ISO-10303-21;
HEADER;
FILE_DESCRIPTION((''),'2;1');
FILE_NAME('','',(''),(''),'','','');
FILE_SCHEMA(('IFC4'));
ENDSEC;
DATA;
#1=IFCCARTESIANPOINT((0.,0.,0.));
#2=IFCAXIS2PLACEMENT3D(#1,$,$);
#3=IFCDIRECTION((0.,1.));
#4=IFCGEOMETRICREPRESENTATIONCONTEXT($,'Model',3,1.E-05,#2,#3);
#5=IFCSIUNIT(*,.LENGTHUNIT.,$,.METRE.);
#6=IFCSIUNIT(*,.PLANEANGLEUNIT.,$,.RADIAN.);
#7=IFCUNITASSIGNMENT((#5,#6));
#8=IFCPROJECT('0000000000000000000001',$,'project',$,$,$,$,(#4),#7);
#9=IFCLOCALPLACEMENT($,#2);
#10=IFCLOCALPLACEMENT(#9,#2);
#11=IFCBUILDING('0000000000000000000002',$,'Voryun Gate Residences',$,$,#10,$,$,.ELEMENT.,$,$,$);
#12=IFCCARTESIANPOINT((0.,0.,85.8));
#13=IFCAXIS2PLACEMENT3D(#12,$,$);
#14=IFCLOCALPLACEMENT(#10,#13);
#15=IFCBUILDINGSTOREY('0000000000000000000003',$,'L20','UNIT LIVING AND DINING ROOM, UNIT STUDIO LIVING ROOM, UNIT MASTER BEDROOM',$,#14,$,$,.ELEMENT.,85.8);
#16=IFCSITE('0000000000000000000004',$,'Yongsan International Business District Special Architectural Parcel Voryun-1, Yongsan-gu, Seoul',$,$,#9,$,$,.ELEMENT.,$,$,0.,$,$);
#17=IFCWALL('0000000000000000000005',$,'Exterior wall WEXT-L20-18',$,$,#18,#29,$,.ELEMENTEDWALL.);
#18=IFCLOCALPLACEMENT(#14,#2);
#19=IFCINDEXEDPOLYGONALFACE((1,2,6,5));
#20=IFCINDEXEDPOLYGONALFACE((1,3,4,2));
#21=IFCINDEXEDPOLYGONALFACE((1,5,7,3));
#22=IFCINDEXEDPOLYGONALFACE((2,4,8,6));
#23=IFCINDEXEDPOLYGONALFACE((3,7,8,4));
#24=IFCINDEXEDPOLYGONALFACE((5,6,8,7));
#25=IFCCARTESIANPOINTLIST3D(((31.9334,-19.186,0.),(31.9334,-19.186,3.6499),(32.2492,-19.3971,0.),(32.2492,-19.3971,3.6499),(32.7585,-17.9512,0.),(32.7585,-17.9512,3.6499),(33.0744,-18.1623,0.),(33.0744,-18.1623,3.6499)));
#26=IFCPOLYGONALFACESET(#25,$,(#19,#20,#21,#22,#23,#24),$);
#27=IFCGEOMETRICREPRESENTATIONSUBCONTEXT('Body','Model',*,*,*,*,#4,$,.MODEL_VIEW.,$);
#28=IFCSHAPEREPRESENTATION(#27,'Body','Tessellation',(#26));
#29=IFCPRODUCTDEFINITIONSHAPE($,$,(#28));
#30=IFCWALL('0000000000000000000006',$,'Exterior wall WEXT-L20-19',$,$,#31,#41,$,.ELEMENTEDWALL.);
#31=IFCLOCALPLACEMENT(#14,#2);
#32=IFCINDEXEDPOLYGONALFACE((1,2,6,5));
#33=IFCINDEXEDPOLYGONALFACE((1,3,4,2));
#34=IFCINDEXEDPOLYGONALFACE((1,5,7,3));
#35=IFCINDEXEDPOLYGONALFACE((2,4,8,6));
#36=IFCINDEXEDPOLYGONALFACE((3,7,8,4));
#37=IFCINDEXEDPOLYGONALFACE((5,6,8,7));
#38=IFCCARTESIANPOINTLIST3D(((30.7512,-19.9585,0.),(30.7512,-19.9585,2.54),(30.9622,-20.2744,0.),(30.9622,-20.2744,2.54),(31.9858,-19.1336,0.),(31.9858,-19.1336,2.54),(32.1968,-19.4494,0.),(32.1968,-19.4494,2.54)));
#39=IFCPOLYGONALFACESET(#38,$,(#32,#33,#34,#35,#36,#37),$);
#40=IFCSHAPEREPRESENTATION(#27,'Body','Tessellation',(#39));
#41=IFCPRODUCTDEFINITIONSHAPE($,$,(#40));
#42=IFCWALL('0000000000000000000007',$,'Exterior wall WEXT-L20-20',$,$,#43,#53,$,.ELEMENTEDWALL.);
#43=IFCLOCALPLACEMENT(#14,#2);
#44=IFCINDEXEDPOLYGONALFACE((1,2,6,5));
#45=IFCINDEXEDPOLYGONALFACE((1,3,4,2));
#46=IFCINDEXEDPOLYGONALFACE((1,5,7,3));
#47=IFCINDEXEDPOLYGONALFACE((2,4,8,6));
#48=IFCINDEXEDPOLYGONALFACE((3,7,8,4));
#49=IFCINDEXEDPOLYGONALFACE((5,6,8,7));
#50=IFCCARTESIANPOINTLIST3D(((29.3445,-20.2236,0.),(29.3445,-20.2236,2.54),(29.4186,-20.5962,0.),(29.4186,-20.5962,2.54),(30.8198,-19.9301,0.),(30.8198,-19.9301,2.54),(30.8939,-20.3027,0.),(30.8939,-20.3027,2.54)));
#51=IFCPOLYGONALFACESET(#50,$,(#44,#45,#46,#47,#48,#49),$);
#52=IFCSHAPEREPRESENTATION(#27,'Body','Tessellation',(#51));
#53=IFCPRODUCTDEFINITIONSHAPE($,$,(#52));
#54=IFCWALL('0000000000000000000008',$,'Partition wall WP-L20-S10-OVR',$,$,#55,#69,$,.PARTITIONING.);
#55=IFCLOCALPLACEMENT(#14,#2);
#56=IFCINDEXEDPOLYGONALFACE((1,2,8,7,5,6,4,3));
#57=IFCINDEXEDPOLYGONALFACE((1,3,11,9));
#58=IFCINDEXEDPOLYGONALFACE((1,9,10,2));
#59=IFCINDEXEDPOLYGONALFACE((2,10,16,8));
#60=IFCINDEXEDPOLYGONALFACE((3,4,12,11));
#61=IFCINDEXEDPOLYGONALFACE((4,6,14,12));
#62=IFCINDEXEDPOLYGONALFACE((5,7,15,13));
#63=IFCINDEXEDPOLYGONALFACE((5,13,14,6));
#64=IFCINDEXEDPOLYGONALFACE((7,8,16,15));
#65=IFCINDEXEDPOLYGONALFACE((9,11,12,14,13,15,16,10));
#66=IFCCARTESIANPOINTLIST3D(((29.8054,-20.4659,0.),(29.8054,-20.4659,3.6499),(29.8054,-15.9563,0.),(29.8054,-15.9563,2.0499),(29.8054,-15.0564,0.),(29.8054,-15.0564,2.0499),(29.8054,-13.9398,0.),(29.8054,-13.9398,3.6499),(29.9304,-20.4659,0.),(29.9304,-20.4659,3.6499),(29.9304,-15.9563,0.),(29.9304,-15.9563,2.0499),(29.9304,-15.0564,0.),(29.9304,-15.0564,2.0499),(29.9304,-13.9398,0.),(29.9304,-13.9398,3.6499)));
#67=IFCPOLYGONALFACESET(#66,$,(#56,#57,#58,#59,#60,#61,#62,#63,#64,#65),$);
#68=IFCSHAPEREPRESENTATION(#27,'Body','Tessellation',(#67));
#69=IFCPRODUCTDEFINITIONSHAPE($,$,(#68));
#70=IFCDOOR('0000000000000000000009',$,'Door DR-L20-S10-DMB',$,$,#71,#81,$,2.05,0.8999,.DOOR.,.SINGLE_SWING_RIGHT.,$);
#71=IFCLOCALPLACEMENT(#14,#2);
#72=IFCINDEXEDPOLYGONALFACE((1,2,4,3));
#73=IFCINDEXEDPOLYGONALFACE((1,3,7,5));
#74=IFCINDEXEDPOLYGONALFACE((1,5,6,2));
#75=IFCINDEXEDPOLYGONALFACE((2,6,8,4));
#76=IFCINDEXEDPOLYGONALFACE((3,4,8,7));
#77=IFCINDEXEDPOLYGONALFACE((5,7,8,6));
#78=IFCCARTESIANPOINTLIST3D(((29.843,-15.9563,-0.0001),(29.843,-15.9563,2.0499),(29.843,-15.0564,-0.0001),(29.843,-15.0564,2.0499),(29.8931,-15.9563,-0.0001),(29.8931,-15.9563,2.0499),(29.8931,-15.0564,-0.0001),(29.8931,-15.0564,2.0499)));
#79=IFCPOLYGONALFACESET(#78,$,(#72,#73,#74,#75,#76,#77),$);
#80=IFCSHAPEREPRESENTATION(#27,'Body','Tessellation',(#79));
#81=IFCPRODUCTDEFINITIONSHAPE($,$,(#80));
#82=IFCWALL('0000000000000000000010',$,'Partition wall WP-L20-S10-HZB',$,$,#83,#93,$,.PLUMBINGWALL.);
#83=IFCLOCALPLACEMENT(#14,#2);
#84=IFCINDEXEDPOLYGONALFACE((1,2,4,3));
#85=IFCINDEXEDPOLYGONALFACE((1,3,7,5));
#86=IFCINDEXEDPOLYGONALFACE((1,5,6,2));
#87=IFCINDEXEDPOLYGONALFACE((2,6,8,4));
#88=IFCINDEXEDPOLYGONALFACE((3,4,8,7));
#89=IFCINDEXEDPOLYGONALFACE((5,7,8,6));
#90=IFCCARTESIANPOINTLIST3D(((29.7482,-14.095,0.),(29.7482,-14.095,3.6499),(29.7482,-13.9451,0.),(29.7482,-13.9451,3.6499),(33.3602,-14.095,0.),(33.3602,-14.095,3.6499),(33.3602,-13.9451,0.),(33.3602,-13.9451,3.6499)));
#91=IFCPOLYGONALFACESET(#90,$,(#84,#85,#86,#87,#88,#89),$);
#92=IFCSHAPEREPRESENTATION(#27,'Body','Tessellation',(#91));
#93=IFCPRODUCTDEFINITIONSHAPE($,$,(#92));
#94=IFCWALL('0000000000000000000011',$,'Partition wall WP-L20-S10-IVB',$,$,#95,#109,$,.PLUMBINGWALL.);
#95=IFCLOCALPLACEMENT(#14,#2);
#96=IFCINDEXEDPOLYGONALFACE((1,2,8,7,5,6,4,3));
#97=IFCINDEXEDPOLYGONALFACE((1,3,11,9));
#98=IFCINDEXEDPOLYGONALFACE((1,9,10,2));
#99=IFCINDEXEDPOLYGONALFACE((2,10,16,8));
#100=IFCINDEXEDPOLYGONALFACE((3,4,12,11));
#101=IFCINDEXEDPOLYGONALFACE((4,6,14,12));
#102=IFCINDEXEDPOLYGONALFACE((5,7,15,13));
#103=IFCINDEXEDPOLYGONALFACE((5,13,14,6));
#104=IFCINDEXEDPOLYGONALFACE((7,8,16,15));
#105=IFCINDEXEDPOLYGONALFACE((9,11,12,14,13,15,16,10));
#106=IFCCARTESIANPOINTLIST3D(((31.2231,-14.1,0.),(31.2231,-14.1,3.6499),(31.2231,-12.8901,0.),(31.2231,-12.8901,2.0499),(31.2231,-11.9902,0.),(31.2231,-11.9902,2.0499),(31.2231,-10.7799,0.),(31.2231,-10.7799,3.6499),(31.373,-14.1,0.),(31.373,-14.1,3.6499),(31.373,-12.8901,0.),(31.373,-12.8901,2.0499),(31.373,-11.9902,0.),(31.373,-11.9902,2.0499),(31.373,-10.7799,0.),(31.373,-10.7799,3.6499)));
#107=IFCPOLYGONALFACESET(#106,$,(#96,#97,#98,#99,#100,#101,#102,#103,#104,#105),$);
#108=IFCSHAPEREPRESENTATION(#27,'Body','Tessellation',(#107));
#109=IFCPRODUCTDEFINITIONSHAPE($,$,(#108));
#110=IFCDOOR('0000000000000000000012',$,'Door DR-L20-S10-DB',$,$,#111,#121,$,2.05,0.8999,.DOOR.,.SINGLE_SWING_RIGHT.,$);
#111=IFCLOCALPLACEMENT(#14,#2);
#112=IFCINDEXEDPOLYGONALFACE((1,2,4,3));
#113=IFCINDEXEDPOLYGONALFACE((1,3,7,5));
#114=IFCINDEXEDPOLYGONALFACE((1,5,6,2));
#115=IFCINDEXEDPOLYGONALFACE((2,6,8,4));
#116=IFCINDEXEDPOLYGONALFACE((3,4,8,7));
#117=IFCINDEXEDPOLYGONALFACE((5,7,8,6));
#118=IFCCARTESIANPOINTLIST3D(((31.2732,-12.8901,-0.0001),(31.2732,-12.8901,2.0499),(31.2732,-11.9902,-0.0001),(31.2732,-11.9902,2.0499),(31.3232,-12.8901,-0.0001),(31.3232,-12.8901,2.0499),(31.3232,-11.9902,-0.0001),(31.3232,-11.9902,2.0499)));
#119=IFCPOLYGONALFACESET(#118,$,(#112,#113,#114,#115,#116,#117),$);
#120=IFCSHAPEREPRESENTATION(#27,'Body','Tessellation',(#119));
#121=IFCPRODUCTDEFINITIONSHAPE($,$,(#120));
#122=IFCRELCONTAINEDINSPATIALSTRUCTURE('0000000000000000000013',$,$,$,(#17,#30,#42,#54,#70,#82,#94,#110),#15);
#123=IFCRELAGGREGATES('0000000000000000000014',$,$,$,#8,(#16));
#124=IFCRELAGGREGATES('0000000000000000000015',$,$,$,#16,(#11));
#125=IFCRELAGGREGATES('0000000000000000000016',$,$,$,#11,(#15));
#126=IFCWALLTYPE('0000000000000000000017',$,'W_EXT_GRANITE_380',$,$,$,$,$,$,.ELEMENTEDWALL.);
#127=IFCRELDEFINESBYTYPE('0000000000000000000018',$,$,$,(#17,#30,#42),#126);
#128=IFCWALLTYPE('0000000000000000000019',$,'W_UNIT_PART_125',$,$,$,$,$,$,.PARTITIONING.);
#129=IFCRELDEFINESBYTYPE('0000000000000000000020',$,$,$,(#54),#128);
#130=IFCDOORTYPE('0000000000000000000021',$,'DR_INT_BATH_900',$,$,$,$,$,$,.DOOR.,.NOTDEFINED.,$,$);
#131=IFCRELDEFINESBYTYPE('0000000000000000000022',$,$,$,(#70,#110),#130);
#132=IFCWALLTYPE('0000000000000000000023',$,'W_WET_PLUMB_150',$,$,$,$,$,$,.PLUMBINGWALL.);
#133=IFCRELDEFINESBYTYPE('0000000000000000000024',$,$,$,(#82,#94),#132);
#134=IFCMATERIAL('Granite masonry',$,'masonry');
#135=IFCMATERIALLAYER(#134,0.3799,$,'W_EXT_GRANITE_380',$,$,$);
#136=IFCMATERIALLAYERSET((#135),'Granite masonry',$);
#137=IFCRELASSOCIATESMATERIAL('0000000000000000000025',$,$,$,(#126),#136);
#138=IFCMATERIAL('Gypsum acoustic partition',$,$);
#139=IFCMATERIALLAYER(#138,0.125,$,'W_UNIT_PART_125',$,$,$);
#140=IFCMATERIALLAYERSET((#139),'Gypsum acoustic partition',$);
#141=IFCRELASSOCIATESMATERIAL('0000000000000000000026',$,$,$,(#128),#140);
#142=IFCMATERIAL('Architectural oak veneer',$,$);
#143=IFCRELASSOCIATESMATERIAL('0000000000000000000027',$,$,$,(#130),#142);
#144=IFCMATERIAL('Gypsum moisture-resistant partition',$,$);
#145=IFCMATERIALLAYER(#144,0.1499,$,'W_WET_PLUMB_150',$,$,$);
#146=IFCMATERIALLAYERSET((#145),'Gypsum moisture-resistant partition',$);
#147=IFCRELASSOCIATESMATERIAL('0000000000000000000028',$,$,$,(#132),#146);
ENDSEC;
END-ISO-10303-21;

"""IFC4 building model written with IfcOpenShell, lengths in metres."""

from ifc_helpers import new_model, si_unit, direction, frame, frame_2d, origin, place, context, subcontext, project, spatial, rectangle, extrude, material, layer, layer_set, type_object, element, fill, save


model = new_model("IFC4")

# Units and contexts
model_context = context("Model", 3, precision=1e-05, world=origin(), true_north=direction((0.0, 1.0)))
body_context = subcontext(model_context, "Body", "Model", "MODEL_VIEW")
ifc_project = project(units=[si_unit("LENGTHUNIT", "METRE"), si_unit("PLANEANGLEUNIT", "RADIAN")], contexts=[model_context])

# Site, building, storey
site_placement = place(None, origin())
site = spatial("IfcSite", under=ifc_project, at=site_placement, Name="Yongsan International Business District Special Architectural Parcel Voryun-1, Yongsan-gu, Seoul", CompositionType="ELEMENT", RefElevation=0.0)
building_placement = place(site_placement, origin())
building = spatial("IfcBuilding", under=site, at=building_placement, Name="Voryun Gate Residences", CompositionType="ELEMENT")
storey_placement = place(building_placement, frame((0.0, 0.0, 85.8)))
storey = spatial("IfcBuildingStorey", under=building, at=storey_placement, Name="L20", Description="UNIT LIVING AND DINING ROOM, UNIT STUDIO LIVING ROOM, UNIT MASTER BEDROOM", CompositionType="ELEMENT", Elevation=85.8)

# Walls
ifc_material_1 = material(Name="Granite masonry", Category="masonry")
ifc_layer_1 = layer(ifc_material_1, 0.3799, Name="W_EXT_GRANITE_380")
ifc_layer_set_1 = layer_set([ifc_layer_1], Name="Granite masonry")
wall_type_1 = type_object("IfcWallType", Name="W_EXT_GRANITE_380", PredefinedType="ELEMENTEDWALL", material=ifc_layer_set_1)
wall_1_placement = place(storey_placement, frame((32.9165, -18.0566, 0.0), z_axis=(0.0, 0.0, 1.0), x_axis=(-0.55561, -0.831443, 0.0)))
element("IfcWall", 1, at=wall_1_placement, inside=storey, type_object=wall_type_1, Name="Exterior wall WEXT-L20-18", PredefinedType="ELEMENTEDWALL", context=body_context, shape_type="SweptSolid", body=[
    extrude(rectangle(XDim=1.4851, YDim=0.3799, at=frame_2d((0.7427, 0.0))), origin(), (0.0, 0.0, 1.0), 3.6499),
])
wall_2_placement = place(storey_placement, frame((32.0913, -19.2915, 0.0), z_axis=(0.0, 0.0, 1.0), x_axis=(-0.831468, -0.555573, 0.0)))
element("IfcWall", 2, at=wall_2_placement, inside=storey, type_object=wall_type_1, Name="Exterior wall WEXT-L20-19", PredefinedType="ELEMENTEDWALL", context=body_context, shape_type="SweptSolid", body=[
    extrude(rectangle(XDim=1.4849, YDim=0.3799, at=frame_2d((0.7424, 0.0))), origin(), (0.0, 0.0, 1.0), 2.54),
])
wall_3_placement = place(storey_placement, frame((30.8567, -20.1165, 0.0), z_axis=(0.0, 0.0, 1.0), x_axis=(-0.980786, -0.195086, 0.0)))
element("IfcWall", 3, at=wall_3_placement, inside=storey, type_object=wall_type_1, Name="Exterior wall WEXT-L20-20", PredefinedType="ELEMENTEDWALL", context=body_context, shape_type="SweptSolid", body=[
    extrude(rectangle(XDim=1.5042, YDim=0.3799, at=frame_2d((0.752, 0.0))), origin(), (0.0, 0.0, 1.0), 2.54),
])

# Wall, opening, door
ifc_material_2 = material(Name="Gypsum acoustic partition")
ifc_layer_2 = layer(ifc_material_2, 0.125, Name="W_UNIT_PART_125")
ifc_layer_set_2 = layer_set([ifc_layer_2], Name="Gypsum acoustic partition")
wall_type_2 = type_object("IfcWallType", Name="W_UNIT_PART_125", PredefinedType="PARTITIONING", material=ifc_layer_set_2)
wall_4_placement = place(storey_placement, frame((29.8679, -20.4661, 0.0), z_axis=(0.0, 0.0, 1.0), x_axis=(0.0, 1.0, 0.0)))
wall_4 = element("IfcWall", 4, at=wall_4_placement, inside=storey, type_object=wall_type_2, Name="Partition wall WP-L20-S10-OVR", PredefinedType="PARTITIONING", context=body_context, shape_type="SweptSolid", body=[
    extrude(rectangle(XDim=6.5261, YDim=0.125, at=frame_2d((3.2632, 0.0))), origin(), (0.0, 0.0, 1.0), 3.6499),
])
opening_1_placement = place(wall_4_placement, frame((4.5098, 0.0, 0.0)))
opening_1 = element("IfcOpeningElement", 5, at=opening_1_placement, cuts=wall_4, PredefinedType="OPENING", context=body_context, shape_type="SweptSolid", body=[
    extrude(rectangle(XDim=0.8999, YDim=2.05, at=frame_2d((0.45, 1.0249))), frame((0.0, 0.0725, 0.0), z_axis=(0.0, -1.0, 0.0), x_axis=(1.0, 0.0, 0.0)), (0.0, 0.0, 1.0), 0.145),
])
ifc_material_3 = material(Name="Architectural oak veneer")
door_type = type_object("IfcDoorType", Name="DR_INT_BATH_900", OperationType="NOTDEFINED", PredefinedType="DOOR", material=ifc_material_3)
door_1_placement = place(opening_1_placement, origin())
door_1 = element("IfcDoor", 6, at=door_1_placement, inside=storey, type_object=door_type, Name="Door DR-L20-S10-DMB", OperationType="SINGLE_SWING_RIGHT", OverallHeight=2.05, OverallWidth=0.8999, PredefinedType="DOOR", context=body_context, shape_type="SweptSolid", body=[
    extrude(rectangle(XDim=0.8999, YDim=2.05, at=frame_2d((0.45, 1.0249))), frame((0.0, 0.0249, 0.0), z_axis=(0.0, -1.0, 0.0), x_axis=(1.0, 0.0, 0.0)), (0.0, 0.0, 1.0), 0.05),
])
fill(opening_1, door_1)

# Wall
ifc_material_4 = material(Name="Gypsum moisture-resistant partition")
ifc_layer_3 = layer(ifc_material_4, 0.1499, Name="W_WET_PLUMB_150")
ifc_layer_set_3 = layer_set([ifc_layer_3], Name="Gypsum moisture-resistant partition")
wall_type_3 = type_object("IfcWallType", Name="W_WET_PLUMB_150", PredefinedType="PLUMBINGWALL", material=ifc_layer_set_3)
wall_5_placement = place(storey_placement, frame((29.748, -14.02, 0.0), z_axis=(0.0, 0.0, 1.0), x_axis=(1.0, 0.0, 0.0)))
element("IfcWall", 7, at=wall_5_placement, inside=storey, type_object=wall_type_3, Name="Partition wall WP-L20-S10-HZB", PredefinedType="PLUMBINGWALL", context=body_context, shape_type="SweptSolid", body=[
    extrude(rectangle(XDim=3.6121, YDim=0.1499, at=frame_2d((1.8062, 0.0))), origin(), (0.0, 0.0, 1.0), 3.6499),
])

# Wall, opening, door
wall_6_placement = place(storey_placement, frame((31.2981, -14.1001, 0.0), z_axis=(0.0, 0.0, 1.0), x_axis=(0.0, 1.0, 0.0)))
wall_6 = element("IfcWall", 8, at=wall_6_placement, inside=storey, type_object=wall_type_3, Name="Partition wall WP-L20-S10-IVB", PredefinedType="PLUMBINGWALL", context=body_context, shape_type="SweptSolid", body=[
    extrude(rectangle(XDim=3.3201, YDim=0.1499, at=frame_2d((1.6602, 0.0))), origin(), (0.0, 0.0, 1.0), 3.6499),
])
opening_2_placement = place(wall_6_placement, frame((1.21, 0.0, 0.0)))
opening_2 = element("IfcOpeningElement", 9, at=opening_2_placement, cuts=wall_6, PredefinedType="OPENING", context=body_context, shape_type="SweptSolid", body=[
    extrude(rectangle(XDim=0.8999, YDim=2.05, at=frame_2d((0.45, 1.0249))), frame((0.0, 0.085, 0.0), z_axis=(0.0, -1.0, 0.0), x_axis=(1.0, 0.0, 0.0)), (0.0, 0.0, 1.0), 0.1699),
])
door_2_placement = place(opening_2_placement, origin())
door_2 = element("IfcDoor", 10, at=door_2_placement, inside=storey, type_object=door_type, Name="Door DR-L20-S10-DB", OperationType="SINGLE_SWING_RIGHT", OverallHeight=2.05, OverallWidth=0.8999, PredefinedType="DOOR", context=body_context, shape_type="SweptSolid", body=[
    extrude(rectangle(XDim=0.8999, YDim=2.05, at=frame_2d((0.45, 1.0249))), frame((0.0, 0.0249, 0.0), z_axis=(0.0, -1.0, 0.0), x_axis=(1.0, 0.0, 0.0)), (0.0, 0.0, 1.0), 0.05),
])
fill(opening_2, door_2)

save(model, "model.ifc")
